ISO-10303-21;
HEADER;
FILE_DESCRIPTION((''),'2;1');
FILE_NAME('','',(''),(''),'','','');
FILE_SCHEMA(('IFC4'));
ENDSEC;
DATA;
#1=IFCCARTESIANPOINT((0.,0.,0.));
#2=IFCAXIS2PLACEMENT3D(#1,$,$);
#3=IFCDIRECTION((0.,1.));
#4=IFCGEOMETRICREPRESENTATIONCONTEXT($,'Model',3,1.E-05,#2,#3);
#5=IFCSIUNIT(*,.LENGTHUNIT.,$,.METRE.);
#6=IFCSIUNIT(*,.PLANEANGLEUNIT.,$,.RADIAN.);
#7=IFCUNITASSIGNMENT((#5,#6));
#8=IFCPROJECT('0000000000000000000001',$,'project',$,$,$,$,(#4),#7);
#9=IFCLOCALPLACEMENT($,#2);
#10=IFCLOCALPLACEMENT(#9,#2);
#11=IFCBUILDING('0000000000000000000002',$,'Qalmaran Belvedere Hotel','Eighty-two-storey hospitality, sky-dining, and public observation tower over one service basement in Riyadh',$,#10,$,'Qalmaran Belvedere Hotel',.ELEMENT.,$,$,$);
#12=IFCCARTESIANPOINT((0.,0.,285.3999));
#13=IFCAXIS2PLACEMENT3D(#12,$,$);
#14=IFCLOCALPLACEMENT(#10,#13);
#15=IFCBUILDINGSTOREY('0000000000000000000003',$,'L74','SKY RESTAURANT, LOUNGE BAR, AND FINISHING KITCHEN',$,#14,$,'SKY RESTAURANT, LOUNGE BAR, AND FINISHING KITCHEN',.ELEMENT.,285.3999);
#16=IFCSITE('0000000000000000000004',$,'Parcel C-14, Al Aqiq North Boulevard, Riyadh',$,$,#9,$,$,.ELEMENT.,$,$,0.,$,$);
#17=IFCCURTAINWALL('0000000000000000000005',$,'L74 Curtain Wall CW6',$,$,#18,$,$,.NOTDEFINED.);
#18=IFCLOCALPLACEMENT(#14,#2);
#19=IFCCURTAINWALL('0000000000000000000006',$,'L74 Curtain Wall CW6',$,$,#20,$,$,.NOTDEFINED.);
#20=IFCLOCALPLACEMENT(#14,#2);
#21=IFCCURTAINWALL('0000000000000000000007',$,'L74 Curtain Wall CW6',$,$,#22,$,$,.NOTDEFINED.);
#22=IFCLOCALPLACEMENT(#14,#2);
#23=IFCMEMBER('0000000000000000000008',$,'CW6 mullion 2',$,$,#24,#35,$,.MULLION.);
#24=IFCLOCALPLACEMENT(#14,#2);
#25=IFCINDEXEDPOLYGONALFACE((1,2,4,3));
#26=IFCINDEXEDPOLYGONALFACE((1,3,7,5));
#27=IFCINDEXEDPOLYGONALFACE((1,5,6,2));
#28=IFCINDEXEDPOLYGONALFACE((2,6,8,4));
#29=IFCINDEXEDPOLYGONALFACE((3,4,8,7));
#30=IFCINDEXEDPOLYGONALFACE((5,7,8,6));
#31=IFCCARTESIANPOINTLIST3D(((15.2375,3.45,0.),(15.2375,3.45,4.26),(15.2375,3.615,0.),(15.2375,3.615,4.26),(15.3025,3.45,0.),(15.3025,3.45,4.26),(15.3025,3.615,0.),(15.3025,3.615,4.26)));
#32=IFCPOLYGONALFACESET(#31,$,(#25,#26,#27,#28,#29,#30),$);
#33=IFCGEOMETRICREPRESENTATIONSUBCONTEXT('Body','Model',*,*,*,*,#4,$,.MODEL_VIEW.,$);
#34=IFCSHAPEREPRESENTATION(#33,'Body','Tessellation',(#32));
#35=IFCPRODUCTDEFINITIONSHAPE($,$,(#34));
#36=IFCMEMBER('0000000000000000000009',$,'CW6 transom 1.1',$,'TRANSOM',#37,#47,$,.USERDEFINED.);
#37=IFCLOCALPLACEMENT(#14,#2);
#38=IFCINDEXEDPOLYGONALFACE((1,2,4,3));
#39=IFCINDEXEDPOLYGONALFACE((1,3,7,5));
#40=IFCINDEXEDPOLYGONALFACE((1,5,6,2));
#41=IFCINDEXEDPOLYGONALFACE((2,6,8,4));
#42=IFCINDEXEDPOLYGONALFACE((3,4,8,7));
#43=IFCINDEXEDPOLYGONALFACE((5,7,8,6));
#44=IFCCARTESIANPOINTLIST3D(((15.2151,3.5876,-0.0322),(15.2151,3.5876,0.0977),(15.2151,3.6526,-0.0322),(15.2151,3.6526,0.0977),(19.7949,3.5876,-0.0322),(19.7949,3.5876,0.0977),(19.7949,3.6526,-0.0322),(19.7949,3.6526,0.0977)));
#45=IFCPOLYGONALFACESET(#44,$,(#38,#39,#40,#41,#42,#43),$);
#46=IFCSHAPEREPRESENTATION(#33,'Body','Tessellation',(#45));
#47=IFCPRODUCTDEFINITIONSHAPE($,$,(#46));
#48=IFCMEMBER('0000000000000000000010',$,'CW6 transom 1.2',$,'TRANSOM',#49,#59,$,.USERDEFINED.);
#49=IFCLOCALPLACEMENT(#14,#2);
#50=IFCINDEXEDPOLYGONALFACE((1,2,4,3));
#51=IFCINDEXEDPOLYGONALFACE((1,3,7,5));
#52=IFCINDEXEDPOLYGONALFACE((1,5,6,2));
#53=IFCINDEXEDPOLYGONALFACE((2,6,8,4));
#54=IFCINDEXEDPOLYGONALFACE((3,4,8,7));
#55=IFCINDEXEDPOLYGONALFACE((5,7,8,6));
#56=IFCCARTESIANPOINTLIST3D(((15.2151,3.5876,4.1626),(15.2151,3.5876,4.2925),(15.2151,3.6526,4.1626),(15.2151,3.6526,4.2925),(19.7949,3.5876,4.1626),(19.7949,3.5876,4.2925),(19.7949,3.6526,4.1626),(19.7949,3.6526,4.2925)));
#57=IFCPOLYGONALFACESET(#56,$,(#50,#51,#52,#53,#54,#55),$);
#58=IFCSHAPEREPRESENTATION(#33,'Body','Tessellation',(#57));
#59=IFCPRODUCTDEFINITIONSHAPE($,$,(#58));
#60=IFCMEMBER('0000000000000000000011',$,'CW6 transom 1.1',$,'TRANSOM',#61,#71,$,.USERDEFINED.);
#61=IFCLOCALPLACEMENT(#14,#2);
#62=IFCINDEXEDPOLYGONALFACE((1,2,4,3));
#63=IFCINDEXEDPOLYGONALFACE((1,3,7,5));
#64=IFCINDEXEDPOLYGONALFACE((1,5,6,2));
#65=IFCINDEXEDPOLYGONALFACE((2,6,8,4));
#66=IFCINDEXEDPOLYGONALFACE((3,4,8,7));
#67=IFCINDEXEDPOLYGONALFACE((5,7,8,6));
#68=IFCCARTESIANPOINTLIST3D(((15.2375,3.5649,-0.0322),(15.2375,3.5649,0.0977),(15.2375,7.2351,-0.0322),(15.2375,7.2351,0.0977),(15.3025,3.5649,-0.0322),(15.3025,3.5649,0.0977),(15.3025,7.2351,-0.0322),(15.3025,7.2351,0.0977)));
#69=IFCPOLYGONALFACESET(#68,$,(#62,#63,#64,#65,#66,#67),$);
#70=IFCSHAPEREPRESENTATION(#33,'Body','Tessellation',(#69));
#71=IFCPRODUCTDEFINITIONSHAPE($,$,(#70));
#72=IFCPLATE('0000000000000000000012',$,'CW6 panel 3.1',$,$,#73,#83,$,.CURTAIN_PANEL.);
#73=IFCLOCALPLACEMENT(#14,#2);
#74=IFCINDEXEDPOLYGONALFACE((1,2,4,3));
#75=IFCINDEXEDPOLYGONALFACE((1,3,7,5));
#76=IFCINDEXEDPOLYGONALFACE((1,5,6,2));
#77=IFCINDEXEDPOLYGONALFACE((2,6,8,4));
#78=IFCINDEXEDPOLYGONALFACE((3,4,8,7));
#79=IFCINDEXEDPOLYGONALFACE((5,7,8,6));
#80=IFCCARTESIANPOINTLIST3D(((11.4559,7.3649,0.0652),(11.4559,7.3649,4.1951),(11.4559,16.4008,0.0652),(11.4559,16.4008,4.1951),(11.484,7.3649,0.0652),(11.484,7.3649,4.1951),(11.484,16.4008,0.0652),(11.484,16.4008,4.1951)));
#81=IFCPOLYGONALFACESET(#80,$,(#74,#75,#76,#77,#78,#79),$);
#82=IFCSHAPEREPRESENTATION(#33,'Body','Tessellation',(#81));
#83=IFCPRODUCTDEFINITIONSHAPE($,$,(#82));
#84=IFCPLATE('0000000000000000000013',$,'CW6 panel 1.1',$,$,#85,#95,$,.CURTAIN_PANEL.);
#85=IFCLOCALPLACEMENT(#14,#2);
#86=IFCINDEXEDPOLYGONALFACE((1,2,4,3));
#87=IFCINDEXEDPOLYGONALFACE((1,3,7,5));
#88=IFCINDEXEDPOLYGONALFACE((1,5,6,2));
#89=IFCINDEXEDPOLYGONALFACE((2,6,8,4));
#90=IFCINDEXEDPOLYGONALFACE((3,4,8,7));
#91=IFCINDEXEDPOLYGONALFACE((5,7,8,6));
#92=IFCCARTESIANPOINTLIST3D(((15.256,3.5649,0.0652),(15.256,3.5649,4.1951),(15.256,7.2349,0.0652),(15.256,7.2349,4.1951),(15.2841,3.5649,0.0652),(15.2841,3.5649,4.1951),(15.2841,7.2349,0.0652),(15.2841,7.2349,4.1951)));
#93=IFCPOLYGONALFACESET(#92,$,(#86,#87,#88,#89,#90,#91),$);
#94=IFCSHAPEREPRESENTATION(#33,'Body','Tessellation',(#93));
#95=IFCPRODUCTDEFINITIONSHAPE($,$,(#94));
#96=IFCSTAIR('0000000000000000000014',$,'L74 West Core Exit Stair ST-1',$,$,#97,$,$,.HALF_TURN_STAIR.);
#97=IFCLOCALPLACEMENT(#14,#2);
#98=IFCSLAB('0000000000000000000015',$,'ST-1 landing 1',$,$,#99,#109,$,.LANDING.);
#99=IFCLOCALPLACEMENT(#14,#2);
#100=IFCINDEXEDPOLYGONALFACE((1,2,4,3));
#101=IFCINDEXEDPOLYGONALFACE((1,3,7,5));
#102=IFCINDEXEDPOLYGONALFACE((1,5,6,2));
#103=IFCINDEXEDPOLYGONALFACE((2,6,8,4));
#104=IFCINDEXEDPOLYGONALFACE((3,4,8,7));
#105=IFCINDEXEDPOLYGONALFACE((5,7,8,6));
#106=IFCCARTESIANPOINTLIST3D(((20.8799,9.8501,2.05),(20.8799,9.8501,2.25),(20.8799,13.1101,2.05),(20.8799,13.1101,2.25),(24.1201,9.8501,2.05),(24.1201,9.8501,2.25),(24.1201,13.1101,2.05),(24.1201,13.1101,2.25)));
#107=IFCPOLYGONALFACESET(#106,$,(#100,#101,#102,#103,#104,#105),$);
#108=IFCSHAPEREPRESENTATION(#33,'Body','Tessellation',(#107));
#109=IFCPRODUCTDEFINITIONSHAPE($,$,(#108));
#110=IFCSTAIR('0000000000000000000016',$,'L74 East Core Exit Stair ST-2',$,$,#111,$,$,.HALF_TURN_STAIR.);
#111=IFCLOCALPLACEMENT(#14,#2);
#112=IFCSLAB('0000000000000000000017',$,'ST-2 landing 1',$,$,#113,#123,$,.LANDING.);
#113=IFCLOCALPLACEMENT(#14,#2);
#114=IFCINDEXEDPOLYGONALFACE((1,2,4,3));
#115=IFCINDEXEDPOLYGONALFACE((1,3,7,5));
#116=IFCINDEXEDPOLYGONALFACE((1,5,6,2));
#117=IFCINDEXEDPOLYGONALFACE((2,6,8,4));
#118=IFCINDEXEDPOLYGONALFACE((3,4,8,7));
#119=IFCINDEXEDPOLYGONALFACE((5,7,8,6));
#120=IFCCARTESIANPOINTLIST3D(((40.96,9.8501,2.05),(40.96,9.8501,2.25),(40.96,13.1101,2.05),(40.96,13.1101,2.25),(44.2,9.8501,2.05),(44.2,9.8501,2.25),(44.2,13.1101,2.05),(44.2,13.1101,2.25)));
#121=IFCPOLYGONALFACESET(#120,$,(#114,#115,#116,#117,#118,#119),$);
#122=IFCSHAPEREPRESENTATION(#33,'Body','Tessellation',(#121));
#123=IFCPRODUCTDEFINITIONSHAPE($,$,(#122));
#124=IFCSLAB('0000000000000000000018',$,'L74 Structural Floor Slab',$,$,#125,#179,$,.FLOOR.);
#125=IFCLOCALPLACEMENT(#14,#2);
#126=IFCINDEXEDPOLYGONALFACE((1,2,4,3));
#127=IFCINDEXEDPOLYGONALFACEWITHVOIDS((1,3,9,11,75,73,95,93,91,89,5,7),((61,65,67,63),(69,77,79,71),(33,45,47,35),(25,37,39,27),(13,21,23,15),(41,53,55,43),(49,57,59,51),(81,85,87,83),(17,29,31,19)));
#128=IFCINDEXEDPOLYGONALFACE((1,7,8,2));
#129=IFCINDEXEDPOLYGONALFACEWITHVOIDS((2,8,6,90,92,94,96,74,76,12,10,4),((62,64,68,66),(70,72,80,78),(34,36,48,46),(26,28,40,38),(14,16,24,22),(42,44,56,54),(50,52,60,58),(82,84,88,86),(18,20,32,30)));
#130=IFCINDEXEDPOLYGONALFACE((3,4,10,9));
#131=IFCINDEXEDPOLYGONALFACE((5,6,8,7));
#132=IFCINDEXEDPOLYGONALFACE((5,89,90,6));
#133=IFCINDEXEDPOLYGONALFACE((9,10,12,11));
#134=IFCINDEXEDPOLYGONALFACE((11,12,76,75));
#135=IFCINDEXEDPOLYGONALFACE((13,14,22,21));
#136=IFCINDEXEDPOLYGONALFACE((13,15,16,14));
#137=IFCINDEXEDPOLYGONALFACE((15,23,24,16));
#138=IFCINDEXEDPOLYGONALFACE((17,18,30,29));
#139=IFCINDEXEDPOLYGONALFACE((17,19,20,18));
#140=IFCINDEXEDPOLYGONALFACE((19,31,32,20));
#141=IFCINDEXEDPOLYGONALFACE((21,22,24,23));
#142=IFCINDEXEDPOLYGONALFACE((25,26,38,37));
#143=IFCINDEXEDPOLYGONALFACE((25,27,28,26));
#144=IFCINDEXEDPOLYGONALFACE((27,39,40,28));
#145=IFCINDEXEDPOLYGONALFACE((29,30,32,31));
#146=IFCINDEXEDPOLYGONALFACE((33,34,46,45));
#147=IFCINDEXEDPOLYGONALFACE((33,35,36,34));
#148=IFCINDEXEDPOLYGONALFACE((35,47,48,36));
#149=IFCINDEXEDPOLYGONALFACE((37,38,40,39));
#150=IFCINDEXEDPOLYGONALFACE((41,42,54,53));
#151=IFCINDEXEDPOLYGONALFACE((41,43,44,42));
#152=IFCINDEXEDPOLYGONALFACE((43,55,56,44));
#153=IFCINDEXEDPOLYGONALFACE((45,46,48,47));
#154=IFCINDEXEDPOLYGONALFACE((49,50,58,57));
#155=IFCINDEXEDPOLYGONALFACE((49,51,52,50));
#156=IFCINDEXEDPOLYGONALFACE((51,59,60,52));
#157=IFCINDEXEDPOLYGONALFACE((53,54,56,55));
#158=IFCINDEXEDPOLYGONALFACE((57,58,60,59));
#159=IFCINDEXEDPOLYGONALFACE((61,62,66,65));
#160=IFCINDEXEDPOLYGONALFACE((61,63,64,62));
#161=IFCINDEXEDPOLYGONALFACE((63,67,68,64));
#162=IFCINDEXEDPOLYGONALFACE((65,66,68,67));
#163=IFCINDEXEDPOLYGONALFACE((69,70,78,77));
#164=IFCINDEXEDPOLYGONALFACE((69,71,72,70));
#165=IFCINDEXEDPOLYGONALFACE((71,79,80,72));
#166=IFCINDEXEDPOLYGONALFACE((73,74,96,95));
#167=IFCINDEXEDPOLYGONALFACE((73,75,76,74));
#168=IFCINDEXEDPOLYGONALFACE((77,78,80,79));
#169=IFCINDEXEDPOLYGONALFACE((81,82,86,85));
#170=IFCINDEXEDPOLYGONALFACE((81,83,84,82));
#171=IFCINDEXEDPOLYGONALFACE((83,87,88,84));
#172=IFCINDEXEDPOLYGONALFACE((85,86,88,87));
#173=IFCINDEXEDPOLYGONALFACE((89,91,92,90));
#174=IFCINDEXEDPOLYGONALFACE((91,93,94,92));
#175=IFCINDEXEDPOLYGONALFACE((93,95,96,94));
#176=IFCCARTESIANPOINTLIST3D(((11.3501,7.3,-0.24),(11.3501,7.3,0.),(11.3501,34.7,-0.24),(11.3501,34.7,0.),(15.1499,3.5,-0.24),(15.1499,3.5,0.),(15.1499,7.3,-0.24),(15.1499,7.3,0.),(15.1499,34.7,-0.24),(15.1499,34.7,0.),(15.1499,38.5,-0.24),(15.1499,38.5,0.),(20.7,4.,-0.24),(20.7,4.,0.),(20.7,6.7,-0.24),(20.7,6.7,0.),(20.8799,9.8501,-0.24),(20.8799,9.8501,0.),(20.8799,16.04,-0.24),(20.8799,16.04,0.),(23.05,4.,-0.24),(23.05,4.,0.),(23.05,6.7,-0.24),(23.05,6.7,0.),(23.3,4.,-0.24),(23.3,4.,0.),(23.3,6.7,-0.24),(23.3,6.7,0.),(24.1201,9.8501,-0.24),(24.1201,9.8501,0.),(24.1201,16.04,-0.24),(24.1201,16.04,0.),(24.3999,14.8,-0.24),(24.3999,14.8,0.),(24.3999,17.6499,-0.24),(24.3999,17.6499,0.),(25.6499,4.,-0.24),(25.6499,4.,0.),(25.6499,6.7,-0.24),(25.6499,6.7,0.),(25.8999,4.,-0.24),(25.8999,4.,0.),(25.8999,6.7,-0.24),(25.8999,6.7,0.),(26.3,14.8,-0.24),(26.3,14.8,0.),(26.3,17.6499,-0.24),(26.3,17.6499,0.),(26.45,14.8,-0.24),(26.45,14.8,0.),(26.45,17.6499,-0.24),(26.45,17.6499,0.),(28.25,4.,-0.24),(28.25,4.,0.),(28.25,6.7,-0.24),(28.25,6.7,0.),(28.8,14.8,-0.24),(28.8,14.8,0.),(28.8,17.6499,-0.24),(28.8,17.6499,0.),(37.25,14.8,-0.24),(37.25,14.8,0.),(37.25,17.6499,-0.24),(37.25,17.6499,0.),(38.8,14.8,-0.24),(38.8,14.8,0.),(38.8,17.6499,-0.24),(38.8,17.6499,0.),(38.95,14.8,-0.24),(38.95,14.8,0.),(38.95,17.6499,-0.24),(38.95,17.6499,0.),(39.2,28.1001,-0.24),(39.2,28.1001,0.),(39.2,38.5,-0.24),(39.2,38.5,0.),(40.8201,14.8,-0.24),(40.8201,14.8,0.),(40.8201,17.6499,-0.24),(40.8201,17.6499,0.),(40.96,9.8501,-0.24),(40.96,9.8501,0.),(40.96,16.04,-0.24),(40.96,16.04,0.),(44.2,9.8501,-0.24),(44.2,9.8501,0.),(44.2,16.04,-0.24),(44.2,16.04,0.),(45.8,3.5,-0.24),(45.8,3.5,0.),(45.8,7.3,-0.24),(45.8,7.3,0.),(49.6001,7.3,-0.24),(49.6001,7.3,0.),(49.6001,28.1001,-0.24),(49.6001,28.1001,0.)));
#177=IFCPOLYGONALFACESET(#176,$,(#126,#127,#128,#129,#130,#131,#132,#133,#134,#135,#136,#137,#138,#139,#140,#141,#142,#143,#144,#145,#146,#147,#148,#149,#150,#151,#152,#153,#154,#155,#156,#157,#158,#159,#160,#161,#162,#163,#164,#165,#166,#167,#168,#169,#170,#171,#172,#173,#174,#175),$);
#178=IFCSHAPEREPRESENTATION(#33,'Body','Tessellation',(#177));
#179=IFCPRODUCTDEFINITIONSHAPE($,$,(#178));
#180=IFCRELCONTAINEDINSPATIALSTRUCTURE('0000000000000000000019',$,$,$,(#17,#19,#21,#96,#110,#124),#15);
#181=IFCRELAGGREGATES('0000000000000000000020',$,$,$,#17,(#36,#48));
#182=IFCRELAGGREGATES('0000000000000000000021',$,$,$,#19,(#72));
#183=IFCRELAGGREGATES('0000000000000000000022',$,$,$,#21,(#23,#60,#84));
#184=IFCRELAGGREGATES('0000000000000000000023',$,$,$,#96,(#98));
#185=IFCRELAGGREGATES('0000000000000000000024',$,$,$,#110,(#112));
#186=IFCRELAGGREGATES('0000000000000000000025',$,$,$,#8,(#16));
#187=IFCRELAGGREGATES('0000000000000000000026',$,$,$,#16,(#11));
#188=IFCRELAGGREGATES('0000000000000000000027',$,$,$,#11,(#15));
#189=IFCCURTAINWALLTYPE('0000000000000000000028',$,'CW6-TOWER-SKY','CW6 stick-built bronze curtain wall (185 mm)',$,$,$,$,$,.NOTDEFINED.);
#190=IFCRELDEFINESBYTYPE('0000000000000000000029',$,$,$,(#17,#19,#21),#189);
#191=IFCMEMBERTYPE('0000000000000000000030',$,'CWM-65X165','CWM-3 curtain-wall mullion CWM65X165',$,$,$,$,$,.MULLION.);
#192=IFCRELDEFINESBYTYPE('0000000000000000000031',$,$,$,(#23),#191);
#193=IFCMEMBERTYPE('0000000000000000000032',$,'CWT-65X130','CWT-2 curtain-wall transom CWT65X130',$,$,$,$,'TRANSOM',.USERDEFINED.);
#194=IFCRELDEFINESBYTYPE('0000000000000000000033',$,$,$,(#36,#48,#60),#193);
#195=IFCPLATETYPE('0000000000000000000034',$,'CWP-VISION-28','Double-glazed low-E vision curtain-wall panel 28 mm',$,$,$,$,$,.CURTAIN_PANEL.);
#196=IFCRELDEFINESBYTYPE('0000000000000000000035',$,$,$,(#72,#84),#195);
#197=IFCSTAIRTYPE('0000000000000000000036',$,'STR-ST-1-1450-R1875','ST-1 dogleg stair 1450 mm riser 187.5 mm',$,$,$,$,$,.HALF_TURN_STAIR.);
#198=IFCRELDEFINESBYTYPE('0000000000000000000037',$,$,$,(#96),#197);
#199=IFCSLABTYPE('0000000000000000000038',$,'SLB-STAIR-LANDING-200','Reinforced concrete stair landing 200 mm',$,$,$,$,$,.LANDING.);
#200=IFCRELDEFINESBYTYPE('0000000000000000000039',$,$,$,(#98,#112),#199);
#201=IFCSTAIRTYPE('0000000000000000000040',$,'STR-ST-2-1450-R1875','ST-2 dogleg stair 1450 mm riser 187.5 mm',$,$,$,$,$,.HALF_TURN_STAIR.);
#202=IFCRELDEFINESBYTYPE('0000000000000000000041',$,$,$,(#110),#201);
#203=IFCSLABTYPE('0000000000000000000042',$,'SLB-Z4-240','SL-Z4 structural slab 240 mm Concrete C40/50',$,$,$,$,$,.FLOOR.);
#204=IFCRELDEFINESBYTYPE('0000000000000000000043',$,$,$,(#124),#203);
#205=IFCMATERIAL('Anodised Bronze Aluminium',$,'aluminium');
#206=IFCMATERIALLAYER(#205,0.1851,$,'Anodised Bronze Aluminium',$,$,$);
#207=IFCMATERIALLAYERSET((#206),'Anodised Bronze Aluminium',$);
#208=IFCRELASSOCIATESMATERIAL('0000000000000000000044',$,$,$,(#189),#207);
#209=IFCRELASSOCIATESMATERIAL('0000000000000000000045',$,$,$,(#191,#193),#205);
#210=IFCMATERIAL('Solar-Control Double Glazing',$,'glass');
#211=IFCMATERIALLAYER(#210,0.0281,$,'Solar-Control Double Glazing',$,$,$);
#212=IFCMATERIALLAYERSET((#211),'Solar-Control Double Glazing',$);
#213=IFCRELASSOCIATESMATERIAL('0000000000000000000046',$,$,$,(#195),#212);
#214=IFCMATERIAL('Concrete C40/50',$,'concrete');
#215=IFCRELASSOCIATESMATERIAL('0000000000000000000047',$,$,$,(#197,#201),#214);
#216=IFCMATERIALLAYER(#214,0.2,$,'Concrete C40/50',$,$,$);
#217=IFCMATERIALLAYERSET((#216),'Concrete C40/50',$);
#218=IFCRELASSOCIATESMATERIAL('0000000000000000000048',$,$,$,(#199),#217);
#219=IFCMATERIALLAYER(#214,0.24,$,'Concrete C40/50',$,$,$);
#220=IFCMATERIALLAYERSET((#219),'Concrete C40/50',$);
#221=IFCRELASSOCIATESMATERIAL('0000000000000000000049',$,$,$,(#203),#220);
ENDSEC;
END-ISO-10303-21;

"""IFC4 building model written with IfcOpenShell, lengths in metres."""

from ifc_helpers import new_model, si_unit, direction, frame, origin, origin_2d, place, context, subcontext, project, spatial, polyline, rectangle, outline, extrude, material, layer, layer_set, material_profile, profile_set, type_object, element, aggregate, save


model = new_model("IFC4")

# Units and contexts
model_context = context("Model", 3, precision=1e-05, world=origin(), true_north=direction((0.0, 1.0)))
body_context = subcontext(model_context, "Body", "Model", "MODEL_VIEW")
ifc_project = project(units=[si_unit("LENGTHUNIT", "METRE"), si_unit("PLANEANGLEUNIT", "RADIAN")], contexts=[model_context])

# Site, building, storey
site_placement = place(None, origin())
site = spatial("IfcSite", under=ifc_project, at=site_placement, Name="Parcel C-14, Al Aqiq North Boulevard, Riyadh", CompositionType="ELEMENT", RefElevation=0.0)
building_placement = place(site_placement, origin())
building = spatial("IfcBuilding", under=site, at=building_placement, Name="Qalmaran Belvedere Hotel", Description="Eighty-two-storey hospitality, sky-dining, and public observation tower over one service basement in Riyadh", LongName="Qalmaran Belvedere Hotel", CompositionType="ELEMENT")
storey_placement = place(building_placement, frame((0.0, 0.0, 285.3999)))
storey = spatial("IfcBuildingStorey", under=building, at=storey_placement, Name="L74", Description="SKY RESTAURANT, LOUNGE BAR, AND FINISHING KITCHEN", LongName="SKY RESTAURANT, LOUNGE BAR, AND FINISHING KITCHEN", CompositionType="ELEMENT", Elevation=285.3999)

# Curtain walls, member
ifc_material_1 = material(Name="Anodised Bronze Aluminium", Category="aluminium")
ifc_layer_1 = layer(ifc_material_1, 0.1851, Name="Anodised Bronze Aluminium")
ifc_layer_set_1 = layer_set([ifc_layer_1], Name="Anodised Bronze Aluminium")
curtain_wall_type = type_object("IfcCurtainWallType", Name="CW6-TOWER-SKY", Description="CW6 stick-built bronze curtain wall (185 mm)", PredefinedType="NOTDEFINED", material=ifc_layer_set_1)
curtain_wall_1_placement = place(storey_placement, origin())
curtain_wall_1 = element("IfcCurtainWall", 1, at=curtain_wall_1_placement, inside=storey, type_object=curtain_wall_type, Name="L74 Curtain Wall CW6", PredefinedType="NOTDEFINED")
ifc_material_profile_1 = material_profile(ifc_material_1, rectangle(XDim=0.0649, YDim=0.165, at=origin_2d()), Name="CWM65X165")
ifc_profile_set_1 = profile_set([ifc_material_profile_1], Name="Anodised Bronze Aluminium")
member_type_1 = type_object("IfcMemberType", Name="CWM-65X165", Description="CWM-3 curtain-wall mullion CWM65X165", PredefinedType="MULLION", material=ifc_profile_set_1)
curtain_wall_2_placement = place(storey_placement, origin())
curtain_wall_2 = element("IfcCurtainWall", 2, at=curtain_wall_2_placement, inside=storey, type_object=curtain_wall_type, Name="L74 Curtain Wall CW6", PredefinedType="NOTDEFINED")
curtain_wall_3_placement = place(storey_placement, origin())
curtain_wall_3 = element("IfcCurtainWall", 3, at=curtain_wall_3_placement, inside=storey, type_object=curtain_wall_type, Name="L74 Curtain Wall CW6", PredefinedType="NOTDEFINED")
member_1_placement = place(storey_placement, frame((15.27, 3.5325, 0.0), z_axis=(0.0, 0.0, 1.0), x_axis=(1.0, 0.0, 0.0)))
member_1 = element("IfcMember", 4, at=member_1_placement, type_object=member_type_1, Name="CW6 mullion 2", PredefinedType="MULLION", context=body_context, shape_type="SweptSolid", body=[
    extrude(rectangle(XDim=0.0649, YDim=0.165, at=origin_2d()), origin(), (0.0, 0.0, 1.0), 4.26),
])

# Members
ifc_material_profile_2 = material_profile(ifc_material_1, rectangle(XDim=0.0649, YDim=0.1299, at=origin_2d()), Name="CWT65X130")
ifc_profile_set_2 = profile_set([ifc_material_profile_2], Name="Anodised Bronze Aluminium")
member_type_2 = type_object("IfcMemberType", Name="CWT-65X130", Description="CWT-2 curtain-wall transom CWT65X130", ElementType="TRANSOM", PredefinedType="USERDEFINED", material=ifc_profile_set_2)
member_2_placement = place(storey_placement, frame((15.2151, 3.6201, 0.0327), z_axis=(1.0, 0.0, 0.0), x_axis=(0.0, 1.0, 0.0)))
member_2 = element("IfcMember", 5, at=member_2_placement, type_object=member_type_2, Name="CW6 transom 1.1", ObjectType="TRANSOM", PredefinedType="USERDEFINED", context=body_context, shape_type="SweptSolid", body=[
    extrude(rectangle(XDim=0.0649, YDim=0.1299, at=origin_2d()), origin(), (0.0, 0.0, 1.0), 4.5798),
])
member_3_placement = place(storey_placement, frame((15.2151, 3.6201, 4.2275), z_axis=(1.0, 0.0, 0.0), x_axis=(0.0, 1.0, 0.0)))
member_3 = element("IfcMember", 6, at=member_3_placement, type_object=member_type_2, Name="CW6 transom 1.2", ObjectType="TRANSOM", PredefinedType="USERDEFINED", context=body_context, shape_type="SweptSolid", body=[
    extrude(rectangle(XDim=0.0649, YDim=0.1299, at=origin_2d()), origin(), (0.0, 0.0, 1.0), 4.5798),
])
aggregate(curtain_wall_1, [member_2, member_3])
member_4_placement = place(storey_placement, frame((15.27, 7.2351, 0.0327), z_axis=(0.0, -1.0, 0.0), x_axis=(1.0, 0.0, 0.0)))
member_4 = element("IfcMember", 7, at=member_4_placement, type_object=member_type_2, Name="CW6 transom 1.1", ObjectType="TRANSOM", PredefinedType="USERDEFINED", context=body_context, shape_type="SweptSolid", body=[
    extrude(rectangle(XDim=0.0649, YDim=0.1299, at=origin_2d()), origin(), (0.0, 0.0, 1.0), 3.6702),
])

# Plates
ifc_material_2 = material(Name="Solar-Control Double Glazing", Category="glass")
ifc_layer_2 = layer(ifc_material_2, 0.0281, Name="Solar-Control Double Glazing")
ifc_layer_set_2 = layer_set([ifc_layer_2], Name="Solar-Control Double Glazing")
plate_type = type_object("IfcPlateType", Name="CWP-VISION-28", Description="Double-glazed low-E vision curtain-wall panel 28 mm", PredefinedType="CURTAIN_PANEL", material=ifc_layer_set_2)
plate_1_placement = place(storey_placement, frame((11.47, 11.8828, 0.0652), z_axis=(0.0, 0.0, 1.0), x_axis=(0.0, -1.0, 0.0)))
plate_1 = element("IfcPlate", 8, at=plate_1_placement, type_object=plate_type, Name="CW6 panel 3.1", PredefinedType="CURTAIN_PANEL", context=body_context, shape_type="SweptSolid", body=[
    extrude(rectangle(XDim=9.0359, YDim=0.0281, at=origin_2d()), origin(), (0.0, 0.0, 1.0), 4.1299),
])
aggregate(curtain_wall_2, [plate_1])
plate_2_placement = place(storey_placement, frame((15.27, 5.3999, 0.0652), z_axis=(0.0, 0.0, 1.0), x_axis=(0.0, -1.0, 0.0)))
plate_2 = element("IfcPlate", 9, at=plate_2_placement, type_object=plate_type, Name="CW6 panel 1.1", PredefinedType="CURTAIN_PANEL", context=body_context, shape_type="SweptSolid", body=[
    extrude(rectangle(XDim=3.6699, YDim=0.0281, at=origin_2d()), origin(), (0.0, 0.0, 1.0), 4.1299),
])
aggregate(curtain_wall_3, [member_1, member_4, plate_2])

# Stairs, slabs
ifc_material_3 = material(Name="Concrete C40/50", Category="concrete")
stair_type_1 = type_object("IfcStairType", Name="STR-ST-1-1450-R1875", Description="ST-1 dogleg stair 1450 mm riser 187.5 mm", PredefinedType="HALF_TURN_STAIR", material=ifc_material_3)
stair_1_placement = place(storey_placement, origin())
stair_1 = element("IfcStair", 10, at=stair_1_placement, inside=storey, type_object=stair_type_1, Name="L74 West Core Exit Stair ST-1", PredefinedType="HALF_TURN_STAIR")
ifc_layer_3 = layer(ifc_material_3, 0.2, Name="Concrete C40/50")
ifc_layer_set_3 = layer_set([ifc_layer_3], Name="Concrete C40/50")
slab_type_1 = type_object("IfcSlabType", Name="SLB-STAIR-LANDING-200", Description="Reinforced concrete stair landing 200 mm", PredefinedType="LANDING", material=ifc_layer_set_3)
slab_1_placement = place(storey_placement, frame((0.0, 0.0, 2.05)))
slab_1 = element("IfcSlab", 11, at=slab_1_placement, type_object=slab_type_1, Name="ST-1 landing 1", PredefinedType="LANDING", context=body_context, shape_type="SweptSolid", body=[
    extrude(outline(polyline([(20.8799, 13.1101), (20.8799, 9.8501), (24.1201, 9.8501), (24.1201, 13.1101), (20.8799, 13.1101)])), origin(), (0.0, 0.0, 1.0), 0.2),
])
aggregate(stair_1, [slab_1])
stair_type_2 = type_object("IfcStairType", Name="STR-ST-2-1450-R1875", Description="ST-2 dogleg stair 1450 mm riser 187.5 mm", PredefinedType="HALF_TURN_STAIR", material=ifc_material_3)
stair_2_placement = place(storey_placement, origin())
stair_2 = element("IfcStair", 12, at=stair_2_placement, inside=storey, type_object=stair_type_2, Name="L74 East Core Exit Stair ST-2", PredefinedType="HALF_TURN_STAIR")
slab_2_placement = place(storey_placement, frame((0.0, 0.0, 2.05)))
slab_2 = element("IfcSlab", 13, at=slab_2_placement, type_object=slab_type_1, Name="ST-2 landing 1", PredefinedType="LANDING", context=body_context, shape_type="SweptSolid", body=[
    extrude(outline(polyline([(40.96, 13.1101), (40.96, 9.8501), (44.2, 9.8501), (44.2, 13.1101), (40.96, 13.1101)])), origin(), (0.0, 0.0, 1.0), 0.2),
])
aggregate(stair_2, [slab_2])

# Slab
ifc_layer_4 = layer(ifc_material_3, 0.24, Name="Concrete C40/50")
ifc_layer_set_4 = layer_set([ifc_layer_4], Name="Concrete C40/50")
slab_type_2 = type_object("IfcSlabType", Name="SLB-Z4-240", Description="SL-Z4 structural slab 240 mm Concrete C40/50", PredefinedType="FLOOR", material=ifc_layer_set_4)
slab_3_placement = place(storey_placement, frame((0.0, 0.0, -0.24)))
element("IfcSlab", 14, at=slab_3_placement, inside=storey, type_object=slab_type_2, Name="L74 Structural Floor Slab", PredefinedType="FLOOR", context=body_context, shape_type="SweptSolid", body=[
    extrude(outline(polyline([(15.1499, 3.5), (45.8, 3.5), (45.8, 7.3), (49.6001, 7.3), (49.6001, 28.1001), (39.2, 28.1001), (39.2, 38.5), (15.1499, 38.5), (15.1499, 34.7), (11.3501, 34.7), (11.3501, 7.3), (15.1499, 7.3), (15.1499, 3.5)]), holes=[polyline([(20.8799, 9.8501), (24.1201, 9.8501), (24.1201, 16.04), (20.8799, 16.04), (20.8799, 9.8501)]), polyline([(40.96, 9.8501), (44.2, 9.8501), (44.2, 16.04), (40.96, 16.04), (40.96, 9.8501)]), polyline([(20.7, 4.0), (23.05, 4.0), (23.05, 6.7), (20.7, 6.7), (20.7, 4.0)]), polyline([(23.3, 4.0), (25.6499, 4.0), (25.6499, 6.7), (23.3, 6.7), (23.3, 4.0)]), polyline([(25.8999, 4.0), (28.25, 4.0), (28.25, 6.7), (25.8999, 6.7), (25.8999, 4.0)]), polyline([(24.3999, 14.8), (26.3, 14.8), (26.3, 17.6499), (24.3999, 17.6499), (24.3999, 14.8)]), polyline([(38.95, 14.8), (40.8201, 14.8), (40.8201, 17.6499), (38.95, 17.6499), (38.95, 14.8)]), polyline([(26.45, 14.8), (28.8, 14.8), (28.8, 17.6499), (26.45, 17.6499), (26.45, 14.8)]), polyline([(37.25, 14.8), (38.8, 14.8), (38.8, 17.6499), (37.25, 17.6499), (37.25, 14.8)])]), origin(), (0.0, 0.0, 1.0), 0.24),
])

save(model, "model.ifc")
